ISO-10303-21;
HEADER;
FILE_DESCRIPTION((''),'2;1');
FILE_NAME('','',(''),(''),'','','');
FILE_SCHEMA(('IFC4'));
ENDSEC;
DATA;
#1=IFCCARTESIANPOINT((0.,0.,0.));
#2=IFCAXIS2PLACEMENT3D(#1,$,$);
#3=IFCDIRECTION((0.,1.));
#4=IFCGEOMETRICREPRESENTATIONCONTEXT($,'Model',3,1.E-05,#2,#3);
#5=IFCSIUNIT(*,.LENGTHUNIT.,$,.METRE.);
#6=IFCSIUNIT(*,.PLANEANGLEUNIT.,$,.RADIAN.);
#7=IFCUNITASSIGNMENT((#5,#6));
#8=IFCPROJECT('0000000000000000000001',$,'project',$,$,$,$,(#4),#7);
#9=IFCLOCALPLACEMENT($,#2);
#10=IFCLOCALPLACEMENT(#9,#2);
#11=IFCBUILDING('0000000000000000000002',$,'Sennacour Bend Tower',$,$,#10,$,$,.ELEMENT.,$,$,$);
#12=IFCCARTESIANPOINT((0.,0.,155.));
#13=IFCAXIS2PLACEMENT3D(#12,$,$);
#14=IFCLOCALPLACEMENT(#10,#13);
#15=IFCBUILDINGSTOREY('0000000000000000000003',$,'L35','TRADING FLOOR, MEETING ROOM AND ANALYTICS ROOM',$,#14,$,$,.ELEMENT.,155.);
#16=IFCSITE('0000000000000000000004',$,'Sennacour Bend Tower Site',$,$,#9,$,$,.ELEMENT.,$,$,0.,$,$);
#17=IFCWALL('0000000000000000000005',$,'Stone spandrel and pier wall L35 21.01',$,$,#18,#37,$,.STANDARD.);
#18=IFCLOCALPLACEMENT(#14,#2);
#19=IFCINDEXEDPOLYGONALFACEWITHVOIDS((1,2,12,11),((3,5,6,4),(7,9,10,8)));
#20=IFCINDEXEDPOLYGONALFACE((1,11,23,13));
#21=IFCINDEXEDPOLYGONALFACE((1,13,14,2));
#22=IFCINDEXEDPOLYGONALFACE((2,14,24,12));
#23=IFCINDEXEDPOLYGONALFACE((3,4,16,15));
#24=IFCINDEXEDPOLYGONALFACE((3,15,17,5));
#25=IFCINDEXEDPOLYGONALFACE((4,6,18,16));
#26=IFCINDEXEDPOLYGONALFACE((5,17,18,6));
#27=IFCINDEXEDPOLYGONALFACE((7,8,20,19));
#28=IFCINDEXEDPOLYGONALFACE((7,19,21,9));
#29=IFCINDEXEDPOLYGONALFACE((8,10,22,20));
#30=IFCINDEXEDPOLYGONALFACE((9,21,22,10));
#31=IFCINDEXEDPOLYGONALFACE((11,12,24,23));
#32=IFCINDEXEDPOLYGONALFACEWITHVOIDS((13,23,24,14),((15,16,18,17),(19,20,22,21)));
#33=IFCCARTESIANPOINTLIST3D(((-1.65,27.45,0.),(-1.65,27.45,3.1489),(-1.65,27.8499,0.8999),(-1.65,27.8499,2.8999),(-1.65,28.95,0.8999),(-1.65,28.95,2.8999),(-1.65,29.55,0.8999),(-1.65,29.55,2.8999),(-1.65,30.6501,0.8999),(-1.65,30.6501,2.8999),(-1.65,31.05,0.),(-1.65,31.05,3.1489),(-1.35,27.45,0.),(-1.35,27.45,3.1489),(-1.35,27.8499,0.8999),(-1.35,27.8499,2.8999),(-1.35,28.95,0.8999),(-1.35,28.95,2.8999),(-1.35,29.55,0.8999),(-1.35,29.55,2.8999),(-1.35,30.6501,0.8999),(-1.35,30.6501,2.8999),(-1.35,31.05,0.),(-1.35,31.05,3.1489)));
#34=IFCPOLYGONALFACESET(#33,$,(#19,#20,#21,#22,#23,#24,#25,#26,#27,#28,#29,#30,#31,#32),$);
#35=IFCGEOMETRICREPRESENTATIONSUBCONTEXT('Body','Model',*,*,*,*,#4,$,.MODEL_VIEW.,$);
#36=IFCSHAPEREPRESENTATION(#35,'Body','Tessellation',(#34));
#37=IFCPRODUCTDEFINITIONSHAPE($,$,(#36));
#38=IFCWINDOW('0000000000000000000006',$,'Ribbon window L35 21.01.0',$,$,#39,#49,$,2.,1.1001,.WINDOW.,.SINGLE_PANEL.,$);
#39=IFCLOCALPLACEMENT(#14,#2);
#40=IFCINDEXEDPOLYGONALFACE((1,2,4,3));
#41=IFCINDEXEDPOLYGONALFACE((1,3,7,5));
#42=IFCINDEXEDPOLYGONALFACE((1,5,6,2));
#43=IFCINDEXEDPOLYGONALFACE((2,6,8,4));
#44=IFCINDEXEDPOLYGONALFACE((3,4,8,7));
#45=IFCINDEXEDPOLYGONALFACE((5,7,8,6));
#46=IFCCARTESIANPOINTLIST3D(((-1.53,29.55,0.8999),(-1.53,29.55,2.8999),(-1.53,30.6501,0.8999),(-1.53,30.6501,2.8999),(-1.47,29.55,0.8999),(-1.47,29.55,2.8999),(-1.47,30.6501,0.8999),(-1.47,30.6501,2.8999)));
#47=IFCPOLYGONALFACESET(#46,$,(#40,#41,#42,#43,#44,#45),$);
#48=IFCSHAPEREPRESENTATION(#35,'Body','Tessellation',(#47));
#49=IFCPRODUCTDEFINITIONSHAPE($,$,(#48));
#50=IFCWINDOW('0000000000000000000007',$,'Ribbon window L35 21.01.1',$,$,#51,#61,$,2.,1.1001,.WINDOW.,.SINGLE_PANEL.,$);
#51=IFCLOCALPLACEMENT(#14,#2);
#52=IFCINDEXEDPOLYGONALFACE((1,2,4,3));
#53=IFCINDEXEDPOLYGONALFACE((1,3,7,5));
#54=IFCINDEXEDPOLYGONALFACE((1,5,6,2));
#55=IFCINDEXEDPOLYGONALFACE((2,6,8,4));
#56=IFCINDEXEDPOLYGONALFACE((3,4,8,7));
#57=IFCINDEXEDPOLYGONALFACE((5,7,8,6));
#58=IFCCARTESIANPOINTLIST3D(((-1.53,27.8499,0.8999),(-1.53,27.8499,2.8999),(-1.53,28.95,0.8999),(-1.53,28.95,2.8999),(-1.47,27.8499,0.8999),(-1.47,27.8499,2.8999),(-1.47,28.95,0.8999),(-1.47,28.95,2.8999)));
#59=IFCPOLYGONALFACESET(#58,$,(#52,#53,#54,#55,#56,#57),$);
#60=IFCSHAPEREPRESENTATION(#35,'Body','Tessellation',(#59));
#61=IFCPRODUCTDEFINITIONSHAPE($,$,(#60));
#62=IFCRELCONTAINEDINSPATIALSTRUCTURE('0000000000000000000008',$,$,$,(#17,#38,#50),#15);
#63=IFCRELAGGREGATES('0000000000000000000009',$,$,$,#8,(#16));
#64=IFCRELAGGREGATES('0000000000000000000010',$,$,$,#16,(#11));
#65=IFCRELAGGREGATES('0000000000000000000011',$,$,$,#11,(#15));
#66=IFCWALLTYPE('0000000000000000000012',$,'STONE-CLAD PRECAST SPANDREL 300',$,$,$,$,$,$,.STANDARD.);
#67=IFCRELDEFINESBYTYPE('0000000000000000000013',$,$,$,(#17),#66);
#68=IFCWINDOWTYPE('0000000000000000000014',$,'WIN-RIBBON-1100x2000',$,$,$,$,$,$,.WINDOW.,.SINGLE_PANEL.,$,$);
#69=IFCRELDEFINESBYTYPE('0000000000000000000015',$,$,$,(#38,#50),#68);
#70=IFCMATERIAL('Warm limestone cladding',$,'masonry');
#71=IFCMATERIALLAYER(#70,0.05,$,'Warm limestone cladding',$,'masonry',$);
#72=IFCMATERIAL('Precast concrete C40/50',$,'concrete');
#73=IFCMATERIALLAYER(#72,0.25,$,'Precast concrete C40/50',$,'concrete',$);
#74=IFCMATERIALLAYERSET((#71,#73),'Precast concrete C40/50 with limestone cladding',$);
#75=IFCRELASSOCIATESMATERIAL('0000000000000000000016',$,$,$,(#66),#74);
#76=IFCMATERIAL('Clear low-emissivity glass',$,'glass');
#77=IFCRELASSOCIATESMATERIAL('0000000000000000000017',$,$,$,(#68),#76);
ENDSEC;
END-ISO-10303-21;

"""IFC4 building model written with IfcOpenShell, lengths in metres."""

from ifc_helpers import new_model, si_unit, direction, frame, frame_2d, origin, place, context, subcontext, project, spatial, rectangle, extrude, material, layer, layer_set, type_object, element, fill, save


model = new_model("IFC4")

# Units and contexts
model_context = context("Model", 3, precision=1e-05, world=origin(), true_north=direction((0.0, 1.0)))
body_context = subcontext(model_context, "Body", "Model", "MODEL_VIEW")
ifc_project = project(units=[si_unit("LENGTHUNIT", "METRE"), si_unit("PLANEANGLEUNIT", "RADIAN")], contexts=[model_context])

# Site, building, storey
site_placement = place(None, origin())
site = spatial("IfcSite", under=ifc_project, at=site_placement, Name="Sennacour Bend Tower Site", CompositionType="ELEMENT", RefElevation=0.0)
building_placement = place(site_placement, origin())
building = spatial("IfcBuilding", under=site, at=building_placement, Name="Sennacour Bend Tower", CompositionType="ELEMENT")
storey_placement = place(building_placement, frame((0.0, 0.0, 155.0)))
storey = spatial("IfcBuildingStorey", under=building, at=storey_placement, Name="L35", Description="TRADING FLOOR, MEETING ROOM AND ANALYTICS ROOM", CompositionType="ELEMENT", Elevation=155.0)

# Wall, openings, windows
ifc_material_1 = material(Name="Warm limestone cladding", Category="masonry")
ifc_layer_1 = layer(ifc_material_1, 0.05, Name="Warm limestone cladding", Category="masonry")
ifc_material_2 = material(Name="Precast concrete C40/50", Category="concrete")
ifc_layer_2 = layer(ifc_material_2, 0.25, Name="Precast concrete C40/50", Category="concrete")
ifc_layer_set_1 = layer_set([ifc_layer_1, ifc_layer_2], Name="Precast concrete C40/50 with limestone cladding")
wall_type_1 = type_object("IfcWallType", Name="STONE-CLAD PRECAST SPANDREL 300", PredefinedType="STANDARD", material=ifc_layer_set_1)
ifc_material_3 = material(Name="Clear low-emissivity glass", Category="glass")
window_type = type_object("IfcWindowType", Name="WIN-RIBBON-1100x2000", PartitioningType="SINGLE_PANEL", PredefinedType="WINDOW", material=ifc_material_3)
wall_1_placement = place(storey_placement, frame((-1.5, 31.05, 0.0), z_axis=(0.0, 0.0, 1.0), x_axis=(0.0, -1.0, 0.0)))
wall_1 = element("IfcWall", 1, at=wall_1_placement, inside=storey, type_object=wall_type_1, Name="Stone spandrel and pier wall L35 21.01", PredefinedType="STANDARD", context=body_context, shape_type="SweptSolid", body=[
    extrude(rectangle(XDim=3.6001, YDim=0.3, at=frame_2d((1.8, 0.0))), origin(), (0.0, 0.0, 1.0), 3.1489),
])
opening_1_placement = place(wall_1_placement, frame((0.3999, 0.0, 0.8999)))
opening_1 = element("IfcOpeningElement", 2, at=opening_1_placement, cuts=wall_1, PredefinedType="OPENING", context=body_context, shape_type="SweptSolid", body=[
    extrude(rectangle(XDim=1.1001, YDim=2.0, at=frame_2d((0.55, 1.0))), frame((0.0, 0.1602, 0.0), z_axis=(0.0, -1.0, 0.0), x_axis=(1.0, 0.0, 0.0)), (0.0, 0.0, 1.0), 0.3201),
])
opening_2_placement = place(wall_1_placement, frame((2.1001, 0.0, 0.8999)))
opening_2 = element("IfcOpeningElement", 3, at=opening_2_placement, cuts=wall_1, PredefinedType="OPENING", context=body_context, shape_type="SweptSolid", body=[
    extrude(rectangle(XDim=1.1001, YDim=2.0, at=frame_2d((0.55, 1.0))), frame((0.0, 0.1602, 0.0), z_axis=(0.0, -1.0, 0.0), x_axis=(1.0, 0.0, 0.0)), (0.0, 0.0, 1.0), 0.3201),
])
window_1_placement = place(opening_1_placement, origin())
window_1 = element("IfcWindow", 4, at=window_1_placement, inside=storey, type_object=window_type, Name="Ribbon window L35 21.01.0", OverallHeight=2.0, OverallWidth=1.1001, PartitioningType="SINGLE_PANEL", PredefinedType="WINDOW", context=body_context, shape_type="SweptSolid", body=[
    extrude(rectangle(XDim=1.1001, YDim=2.0, at=frame_2d((0.55, 1.0))), frame((0.0, 0.03, 0.0), z_axis=(0.0, -1.0, 0.0), x_axis=(1.0, 0.0, 0.0)), (0.0, 0.0, 1.0), 0.0601),
])
fill(opening_1, window_1)
window_2_placement = place(opening_2_placement, origin())
window_2 = element("IfcWindow", 5, at=window_2_placement, inside=storey, type_object=window_type, Name="Ribbon window L35 21.01.1", OverallHeight=2.0, OverallWidth=1.1001, PartitioningType="SINGLE_PANEL", PredefinedType="WINDOW", context=body_context, shape_type="SweptSolid", body=[
    extrude(rectangle(XDim=1.1001, YDim=2.0, at=frame_2d((0.55, 1.0))), frame((0.0, 0.03, 0.0), z_axis=(0.0, -1.0, 0.0), x_axis=(1.0, 0.0, 0.0)), (0.0, 0.0, 1.0), 0.0601),
])
fill(opening_2, window_2)

save(model, "model.ifc")
